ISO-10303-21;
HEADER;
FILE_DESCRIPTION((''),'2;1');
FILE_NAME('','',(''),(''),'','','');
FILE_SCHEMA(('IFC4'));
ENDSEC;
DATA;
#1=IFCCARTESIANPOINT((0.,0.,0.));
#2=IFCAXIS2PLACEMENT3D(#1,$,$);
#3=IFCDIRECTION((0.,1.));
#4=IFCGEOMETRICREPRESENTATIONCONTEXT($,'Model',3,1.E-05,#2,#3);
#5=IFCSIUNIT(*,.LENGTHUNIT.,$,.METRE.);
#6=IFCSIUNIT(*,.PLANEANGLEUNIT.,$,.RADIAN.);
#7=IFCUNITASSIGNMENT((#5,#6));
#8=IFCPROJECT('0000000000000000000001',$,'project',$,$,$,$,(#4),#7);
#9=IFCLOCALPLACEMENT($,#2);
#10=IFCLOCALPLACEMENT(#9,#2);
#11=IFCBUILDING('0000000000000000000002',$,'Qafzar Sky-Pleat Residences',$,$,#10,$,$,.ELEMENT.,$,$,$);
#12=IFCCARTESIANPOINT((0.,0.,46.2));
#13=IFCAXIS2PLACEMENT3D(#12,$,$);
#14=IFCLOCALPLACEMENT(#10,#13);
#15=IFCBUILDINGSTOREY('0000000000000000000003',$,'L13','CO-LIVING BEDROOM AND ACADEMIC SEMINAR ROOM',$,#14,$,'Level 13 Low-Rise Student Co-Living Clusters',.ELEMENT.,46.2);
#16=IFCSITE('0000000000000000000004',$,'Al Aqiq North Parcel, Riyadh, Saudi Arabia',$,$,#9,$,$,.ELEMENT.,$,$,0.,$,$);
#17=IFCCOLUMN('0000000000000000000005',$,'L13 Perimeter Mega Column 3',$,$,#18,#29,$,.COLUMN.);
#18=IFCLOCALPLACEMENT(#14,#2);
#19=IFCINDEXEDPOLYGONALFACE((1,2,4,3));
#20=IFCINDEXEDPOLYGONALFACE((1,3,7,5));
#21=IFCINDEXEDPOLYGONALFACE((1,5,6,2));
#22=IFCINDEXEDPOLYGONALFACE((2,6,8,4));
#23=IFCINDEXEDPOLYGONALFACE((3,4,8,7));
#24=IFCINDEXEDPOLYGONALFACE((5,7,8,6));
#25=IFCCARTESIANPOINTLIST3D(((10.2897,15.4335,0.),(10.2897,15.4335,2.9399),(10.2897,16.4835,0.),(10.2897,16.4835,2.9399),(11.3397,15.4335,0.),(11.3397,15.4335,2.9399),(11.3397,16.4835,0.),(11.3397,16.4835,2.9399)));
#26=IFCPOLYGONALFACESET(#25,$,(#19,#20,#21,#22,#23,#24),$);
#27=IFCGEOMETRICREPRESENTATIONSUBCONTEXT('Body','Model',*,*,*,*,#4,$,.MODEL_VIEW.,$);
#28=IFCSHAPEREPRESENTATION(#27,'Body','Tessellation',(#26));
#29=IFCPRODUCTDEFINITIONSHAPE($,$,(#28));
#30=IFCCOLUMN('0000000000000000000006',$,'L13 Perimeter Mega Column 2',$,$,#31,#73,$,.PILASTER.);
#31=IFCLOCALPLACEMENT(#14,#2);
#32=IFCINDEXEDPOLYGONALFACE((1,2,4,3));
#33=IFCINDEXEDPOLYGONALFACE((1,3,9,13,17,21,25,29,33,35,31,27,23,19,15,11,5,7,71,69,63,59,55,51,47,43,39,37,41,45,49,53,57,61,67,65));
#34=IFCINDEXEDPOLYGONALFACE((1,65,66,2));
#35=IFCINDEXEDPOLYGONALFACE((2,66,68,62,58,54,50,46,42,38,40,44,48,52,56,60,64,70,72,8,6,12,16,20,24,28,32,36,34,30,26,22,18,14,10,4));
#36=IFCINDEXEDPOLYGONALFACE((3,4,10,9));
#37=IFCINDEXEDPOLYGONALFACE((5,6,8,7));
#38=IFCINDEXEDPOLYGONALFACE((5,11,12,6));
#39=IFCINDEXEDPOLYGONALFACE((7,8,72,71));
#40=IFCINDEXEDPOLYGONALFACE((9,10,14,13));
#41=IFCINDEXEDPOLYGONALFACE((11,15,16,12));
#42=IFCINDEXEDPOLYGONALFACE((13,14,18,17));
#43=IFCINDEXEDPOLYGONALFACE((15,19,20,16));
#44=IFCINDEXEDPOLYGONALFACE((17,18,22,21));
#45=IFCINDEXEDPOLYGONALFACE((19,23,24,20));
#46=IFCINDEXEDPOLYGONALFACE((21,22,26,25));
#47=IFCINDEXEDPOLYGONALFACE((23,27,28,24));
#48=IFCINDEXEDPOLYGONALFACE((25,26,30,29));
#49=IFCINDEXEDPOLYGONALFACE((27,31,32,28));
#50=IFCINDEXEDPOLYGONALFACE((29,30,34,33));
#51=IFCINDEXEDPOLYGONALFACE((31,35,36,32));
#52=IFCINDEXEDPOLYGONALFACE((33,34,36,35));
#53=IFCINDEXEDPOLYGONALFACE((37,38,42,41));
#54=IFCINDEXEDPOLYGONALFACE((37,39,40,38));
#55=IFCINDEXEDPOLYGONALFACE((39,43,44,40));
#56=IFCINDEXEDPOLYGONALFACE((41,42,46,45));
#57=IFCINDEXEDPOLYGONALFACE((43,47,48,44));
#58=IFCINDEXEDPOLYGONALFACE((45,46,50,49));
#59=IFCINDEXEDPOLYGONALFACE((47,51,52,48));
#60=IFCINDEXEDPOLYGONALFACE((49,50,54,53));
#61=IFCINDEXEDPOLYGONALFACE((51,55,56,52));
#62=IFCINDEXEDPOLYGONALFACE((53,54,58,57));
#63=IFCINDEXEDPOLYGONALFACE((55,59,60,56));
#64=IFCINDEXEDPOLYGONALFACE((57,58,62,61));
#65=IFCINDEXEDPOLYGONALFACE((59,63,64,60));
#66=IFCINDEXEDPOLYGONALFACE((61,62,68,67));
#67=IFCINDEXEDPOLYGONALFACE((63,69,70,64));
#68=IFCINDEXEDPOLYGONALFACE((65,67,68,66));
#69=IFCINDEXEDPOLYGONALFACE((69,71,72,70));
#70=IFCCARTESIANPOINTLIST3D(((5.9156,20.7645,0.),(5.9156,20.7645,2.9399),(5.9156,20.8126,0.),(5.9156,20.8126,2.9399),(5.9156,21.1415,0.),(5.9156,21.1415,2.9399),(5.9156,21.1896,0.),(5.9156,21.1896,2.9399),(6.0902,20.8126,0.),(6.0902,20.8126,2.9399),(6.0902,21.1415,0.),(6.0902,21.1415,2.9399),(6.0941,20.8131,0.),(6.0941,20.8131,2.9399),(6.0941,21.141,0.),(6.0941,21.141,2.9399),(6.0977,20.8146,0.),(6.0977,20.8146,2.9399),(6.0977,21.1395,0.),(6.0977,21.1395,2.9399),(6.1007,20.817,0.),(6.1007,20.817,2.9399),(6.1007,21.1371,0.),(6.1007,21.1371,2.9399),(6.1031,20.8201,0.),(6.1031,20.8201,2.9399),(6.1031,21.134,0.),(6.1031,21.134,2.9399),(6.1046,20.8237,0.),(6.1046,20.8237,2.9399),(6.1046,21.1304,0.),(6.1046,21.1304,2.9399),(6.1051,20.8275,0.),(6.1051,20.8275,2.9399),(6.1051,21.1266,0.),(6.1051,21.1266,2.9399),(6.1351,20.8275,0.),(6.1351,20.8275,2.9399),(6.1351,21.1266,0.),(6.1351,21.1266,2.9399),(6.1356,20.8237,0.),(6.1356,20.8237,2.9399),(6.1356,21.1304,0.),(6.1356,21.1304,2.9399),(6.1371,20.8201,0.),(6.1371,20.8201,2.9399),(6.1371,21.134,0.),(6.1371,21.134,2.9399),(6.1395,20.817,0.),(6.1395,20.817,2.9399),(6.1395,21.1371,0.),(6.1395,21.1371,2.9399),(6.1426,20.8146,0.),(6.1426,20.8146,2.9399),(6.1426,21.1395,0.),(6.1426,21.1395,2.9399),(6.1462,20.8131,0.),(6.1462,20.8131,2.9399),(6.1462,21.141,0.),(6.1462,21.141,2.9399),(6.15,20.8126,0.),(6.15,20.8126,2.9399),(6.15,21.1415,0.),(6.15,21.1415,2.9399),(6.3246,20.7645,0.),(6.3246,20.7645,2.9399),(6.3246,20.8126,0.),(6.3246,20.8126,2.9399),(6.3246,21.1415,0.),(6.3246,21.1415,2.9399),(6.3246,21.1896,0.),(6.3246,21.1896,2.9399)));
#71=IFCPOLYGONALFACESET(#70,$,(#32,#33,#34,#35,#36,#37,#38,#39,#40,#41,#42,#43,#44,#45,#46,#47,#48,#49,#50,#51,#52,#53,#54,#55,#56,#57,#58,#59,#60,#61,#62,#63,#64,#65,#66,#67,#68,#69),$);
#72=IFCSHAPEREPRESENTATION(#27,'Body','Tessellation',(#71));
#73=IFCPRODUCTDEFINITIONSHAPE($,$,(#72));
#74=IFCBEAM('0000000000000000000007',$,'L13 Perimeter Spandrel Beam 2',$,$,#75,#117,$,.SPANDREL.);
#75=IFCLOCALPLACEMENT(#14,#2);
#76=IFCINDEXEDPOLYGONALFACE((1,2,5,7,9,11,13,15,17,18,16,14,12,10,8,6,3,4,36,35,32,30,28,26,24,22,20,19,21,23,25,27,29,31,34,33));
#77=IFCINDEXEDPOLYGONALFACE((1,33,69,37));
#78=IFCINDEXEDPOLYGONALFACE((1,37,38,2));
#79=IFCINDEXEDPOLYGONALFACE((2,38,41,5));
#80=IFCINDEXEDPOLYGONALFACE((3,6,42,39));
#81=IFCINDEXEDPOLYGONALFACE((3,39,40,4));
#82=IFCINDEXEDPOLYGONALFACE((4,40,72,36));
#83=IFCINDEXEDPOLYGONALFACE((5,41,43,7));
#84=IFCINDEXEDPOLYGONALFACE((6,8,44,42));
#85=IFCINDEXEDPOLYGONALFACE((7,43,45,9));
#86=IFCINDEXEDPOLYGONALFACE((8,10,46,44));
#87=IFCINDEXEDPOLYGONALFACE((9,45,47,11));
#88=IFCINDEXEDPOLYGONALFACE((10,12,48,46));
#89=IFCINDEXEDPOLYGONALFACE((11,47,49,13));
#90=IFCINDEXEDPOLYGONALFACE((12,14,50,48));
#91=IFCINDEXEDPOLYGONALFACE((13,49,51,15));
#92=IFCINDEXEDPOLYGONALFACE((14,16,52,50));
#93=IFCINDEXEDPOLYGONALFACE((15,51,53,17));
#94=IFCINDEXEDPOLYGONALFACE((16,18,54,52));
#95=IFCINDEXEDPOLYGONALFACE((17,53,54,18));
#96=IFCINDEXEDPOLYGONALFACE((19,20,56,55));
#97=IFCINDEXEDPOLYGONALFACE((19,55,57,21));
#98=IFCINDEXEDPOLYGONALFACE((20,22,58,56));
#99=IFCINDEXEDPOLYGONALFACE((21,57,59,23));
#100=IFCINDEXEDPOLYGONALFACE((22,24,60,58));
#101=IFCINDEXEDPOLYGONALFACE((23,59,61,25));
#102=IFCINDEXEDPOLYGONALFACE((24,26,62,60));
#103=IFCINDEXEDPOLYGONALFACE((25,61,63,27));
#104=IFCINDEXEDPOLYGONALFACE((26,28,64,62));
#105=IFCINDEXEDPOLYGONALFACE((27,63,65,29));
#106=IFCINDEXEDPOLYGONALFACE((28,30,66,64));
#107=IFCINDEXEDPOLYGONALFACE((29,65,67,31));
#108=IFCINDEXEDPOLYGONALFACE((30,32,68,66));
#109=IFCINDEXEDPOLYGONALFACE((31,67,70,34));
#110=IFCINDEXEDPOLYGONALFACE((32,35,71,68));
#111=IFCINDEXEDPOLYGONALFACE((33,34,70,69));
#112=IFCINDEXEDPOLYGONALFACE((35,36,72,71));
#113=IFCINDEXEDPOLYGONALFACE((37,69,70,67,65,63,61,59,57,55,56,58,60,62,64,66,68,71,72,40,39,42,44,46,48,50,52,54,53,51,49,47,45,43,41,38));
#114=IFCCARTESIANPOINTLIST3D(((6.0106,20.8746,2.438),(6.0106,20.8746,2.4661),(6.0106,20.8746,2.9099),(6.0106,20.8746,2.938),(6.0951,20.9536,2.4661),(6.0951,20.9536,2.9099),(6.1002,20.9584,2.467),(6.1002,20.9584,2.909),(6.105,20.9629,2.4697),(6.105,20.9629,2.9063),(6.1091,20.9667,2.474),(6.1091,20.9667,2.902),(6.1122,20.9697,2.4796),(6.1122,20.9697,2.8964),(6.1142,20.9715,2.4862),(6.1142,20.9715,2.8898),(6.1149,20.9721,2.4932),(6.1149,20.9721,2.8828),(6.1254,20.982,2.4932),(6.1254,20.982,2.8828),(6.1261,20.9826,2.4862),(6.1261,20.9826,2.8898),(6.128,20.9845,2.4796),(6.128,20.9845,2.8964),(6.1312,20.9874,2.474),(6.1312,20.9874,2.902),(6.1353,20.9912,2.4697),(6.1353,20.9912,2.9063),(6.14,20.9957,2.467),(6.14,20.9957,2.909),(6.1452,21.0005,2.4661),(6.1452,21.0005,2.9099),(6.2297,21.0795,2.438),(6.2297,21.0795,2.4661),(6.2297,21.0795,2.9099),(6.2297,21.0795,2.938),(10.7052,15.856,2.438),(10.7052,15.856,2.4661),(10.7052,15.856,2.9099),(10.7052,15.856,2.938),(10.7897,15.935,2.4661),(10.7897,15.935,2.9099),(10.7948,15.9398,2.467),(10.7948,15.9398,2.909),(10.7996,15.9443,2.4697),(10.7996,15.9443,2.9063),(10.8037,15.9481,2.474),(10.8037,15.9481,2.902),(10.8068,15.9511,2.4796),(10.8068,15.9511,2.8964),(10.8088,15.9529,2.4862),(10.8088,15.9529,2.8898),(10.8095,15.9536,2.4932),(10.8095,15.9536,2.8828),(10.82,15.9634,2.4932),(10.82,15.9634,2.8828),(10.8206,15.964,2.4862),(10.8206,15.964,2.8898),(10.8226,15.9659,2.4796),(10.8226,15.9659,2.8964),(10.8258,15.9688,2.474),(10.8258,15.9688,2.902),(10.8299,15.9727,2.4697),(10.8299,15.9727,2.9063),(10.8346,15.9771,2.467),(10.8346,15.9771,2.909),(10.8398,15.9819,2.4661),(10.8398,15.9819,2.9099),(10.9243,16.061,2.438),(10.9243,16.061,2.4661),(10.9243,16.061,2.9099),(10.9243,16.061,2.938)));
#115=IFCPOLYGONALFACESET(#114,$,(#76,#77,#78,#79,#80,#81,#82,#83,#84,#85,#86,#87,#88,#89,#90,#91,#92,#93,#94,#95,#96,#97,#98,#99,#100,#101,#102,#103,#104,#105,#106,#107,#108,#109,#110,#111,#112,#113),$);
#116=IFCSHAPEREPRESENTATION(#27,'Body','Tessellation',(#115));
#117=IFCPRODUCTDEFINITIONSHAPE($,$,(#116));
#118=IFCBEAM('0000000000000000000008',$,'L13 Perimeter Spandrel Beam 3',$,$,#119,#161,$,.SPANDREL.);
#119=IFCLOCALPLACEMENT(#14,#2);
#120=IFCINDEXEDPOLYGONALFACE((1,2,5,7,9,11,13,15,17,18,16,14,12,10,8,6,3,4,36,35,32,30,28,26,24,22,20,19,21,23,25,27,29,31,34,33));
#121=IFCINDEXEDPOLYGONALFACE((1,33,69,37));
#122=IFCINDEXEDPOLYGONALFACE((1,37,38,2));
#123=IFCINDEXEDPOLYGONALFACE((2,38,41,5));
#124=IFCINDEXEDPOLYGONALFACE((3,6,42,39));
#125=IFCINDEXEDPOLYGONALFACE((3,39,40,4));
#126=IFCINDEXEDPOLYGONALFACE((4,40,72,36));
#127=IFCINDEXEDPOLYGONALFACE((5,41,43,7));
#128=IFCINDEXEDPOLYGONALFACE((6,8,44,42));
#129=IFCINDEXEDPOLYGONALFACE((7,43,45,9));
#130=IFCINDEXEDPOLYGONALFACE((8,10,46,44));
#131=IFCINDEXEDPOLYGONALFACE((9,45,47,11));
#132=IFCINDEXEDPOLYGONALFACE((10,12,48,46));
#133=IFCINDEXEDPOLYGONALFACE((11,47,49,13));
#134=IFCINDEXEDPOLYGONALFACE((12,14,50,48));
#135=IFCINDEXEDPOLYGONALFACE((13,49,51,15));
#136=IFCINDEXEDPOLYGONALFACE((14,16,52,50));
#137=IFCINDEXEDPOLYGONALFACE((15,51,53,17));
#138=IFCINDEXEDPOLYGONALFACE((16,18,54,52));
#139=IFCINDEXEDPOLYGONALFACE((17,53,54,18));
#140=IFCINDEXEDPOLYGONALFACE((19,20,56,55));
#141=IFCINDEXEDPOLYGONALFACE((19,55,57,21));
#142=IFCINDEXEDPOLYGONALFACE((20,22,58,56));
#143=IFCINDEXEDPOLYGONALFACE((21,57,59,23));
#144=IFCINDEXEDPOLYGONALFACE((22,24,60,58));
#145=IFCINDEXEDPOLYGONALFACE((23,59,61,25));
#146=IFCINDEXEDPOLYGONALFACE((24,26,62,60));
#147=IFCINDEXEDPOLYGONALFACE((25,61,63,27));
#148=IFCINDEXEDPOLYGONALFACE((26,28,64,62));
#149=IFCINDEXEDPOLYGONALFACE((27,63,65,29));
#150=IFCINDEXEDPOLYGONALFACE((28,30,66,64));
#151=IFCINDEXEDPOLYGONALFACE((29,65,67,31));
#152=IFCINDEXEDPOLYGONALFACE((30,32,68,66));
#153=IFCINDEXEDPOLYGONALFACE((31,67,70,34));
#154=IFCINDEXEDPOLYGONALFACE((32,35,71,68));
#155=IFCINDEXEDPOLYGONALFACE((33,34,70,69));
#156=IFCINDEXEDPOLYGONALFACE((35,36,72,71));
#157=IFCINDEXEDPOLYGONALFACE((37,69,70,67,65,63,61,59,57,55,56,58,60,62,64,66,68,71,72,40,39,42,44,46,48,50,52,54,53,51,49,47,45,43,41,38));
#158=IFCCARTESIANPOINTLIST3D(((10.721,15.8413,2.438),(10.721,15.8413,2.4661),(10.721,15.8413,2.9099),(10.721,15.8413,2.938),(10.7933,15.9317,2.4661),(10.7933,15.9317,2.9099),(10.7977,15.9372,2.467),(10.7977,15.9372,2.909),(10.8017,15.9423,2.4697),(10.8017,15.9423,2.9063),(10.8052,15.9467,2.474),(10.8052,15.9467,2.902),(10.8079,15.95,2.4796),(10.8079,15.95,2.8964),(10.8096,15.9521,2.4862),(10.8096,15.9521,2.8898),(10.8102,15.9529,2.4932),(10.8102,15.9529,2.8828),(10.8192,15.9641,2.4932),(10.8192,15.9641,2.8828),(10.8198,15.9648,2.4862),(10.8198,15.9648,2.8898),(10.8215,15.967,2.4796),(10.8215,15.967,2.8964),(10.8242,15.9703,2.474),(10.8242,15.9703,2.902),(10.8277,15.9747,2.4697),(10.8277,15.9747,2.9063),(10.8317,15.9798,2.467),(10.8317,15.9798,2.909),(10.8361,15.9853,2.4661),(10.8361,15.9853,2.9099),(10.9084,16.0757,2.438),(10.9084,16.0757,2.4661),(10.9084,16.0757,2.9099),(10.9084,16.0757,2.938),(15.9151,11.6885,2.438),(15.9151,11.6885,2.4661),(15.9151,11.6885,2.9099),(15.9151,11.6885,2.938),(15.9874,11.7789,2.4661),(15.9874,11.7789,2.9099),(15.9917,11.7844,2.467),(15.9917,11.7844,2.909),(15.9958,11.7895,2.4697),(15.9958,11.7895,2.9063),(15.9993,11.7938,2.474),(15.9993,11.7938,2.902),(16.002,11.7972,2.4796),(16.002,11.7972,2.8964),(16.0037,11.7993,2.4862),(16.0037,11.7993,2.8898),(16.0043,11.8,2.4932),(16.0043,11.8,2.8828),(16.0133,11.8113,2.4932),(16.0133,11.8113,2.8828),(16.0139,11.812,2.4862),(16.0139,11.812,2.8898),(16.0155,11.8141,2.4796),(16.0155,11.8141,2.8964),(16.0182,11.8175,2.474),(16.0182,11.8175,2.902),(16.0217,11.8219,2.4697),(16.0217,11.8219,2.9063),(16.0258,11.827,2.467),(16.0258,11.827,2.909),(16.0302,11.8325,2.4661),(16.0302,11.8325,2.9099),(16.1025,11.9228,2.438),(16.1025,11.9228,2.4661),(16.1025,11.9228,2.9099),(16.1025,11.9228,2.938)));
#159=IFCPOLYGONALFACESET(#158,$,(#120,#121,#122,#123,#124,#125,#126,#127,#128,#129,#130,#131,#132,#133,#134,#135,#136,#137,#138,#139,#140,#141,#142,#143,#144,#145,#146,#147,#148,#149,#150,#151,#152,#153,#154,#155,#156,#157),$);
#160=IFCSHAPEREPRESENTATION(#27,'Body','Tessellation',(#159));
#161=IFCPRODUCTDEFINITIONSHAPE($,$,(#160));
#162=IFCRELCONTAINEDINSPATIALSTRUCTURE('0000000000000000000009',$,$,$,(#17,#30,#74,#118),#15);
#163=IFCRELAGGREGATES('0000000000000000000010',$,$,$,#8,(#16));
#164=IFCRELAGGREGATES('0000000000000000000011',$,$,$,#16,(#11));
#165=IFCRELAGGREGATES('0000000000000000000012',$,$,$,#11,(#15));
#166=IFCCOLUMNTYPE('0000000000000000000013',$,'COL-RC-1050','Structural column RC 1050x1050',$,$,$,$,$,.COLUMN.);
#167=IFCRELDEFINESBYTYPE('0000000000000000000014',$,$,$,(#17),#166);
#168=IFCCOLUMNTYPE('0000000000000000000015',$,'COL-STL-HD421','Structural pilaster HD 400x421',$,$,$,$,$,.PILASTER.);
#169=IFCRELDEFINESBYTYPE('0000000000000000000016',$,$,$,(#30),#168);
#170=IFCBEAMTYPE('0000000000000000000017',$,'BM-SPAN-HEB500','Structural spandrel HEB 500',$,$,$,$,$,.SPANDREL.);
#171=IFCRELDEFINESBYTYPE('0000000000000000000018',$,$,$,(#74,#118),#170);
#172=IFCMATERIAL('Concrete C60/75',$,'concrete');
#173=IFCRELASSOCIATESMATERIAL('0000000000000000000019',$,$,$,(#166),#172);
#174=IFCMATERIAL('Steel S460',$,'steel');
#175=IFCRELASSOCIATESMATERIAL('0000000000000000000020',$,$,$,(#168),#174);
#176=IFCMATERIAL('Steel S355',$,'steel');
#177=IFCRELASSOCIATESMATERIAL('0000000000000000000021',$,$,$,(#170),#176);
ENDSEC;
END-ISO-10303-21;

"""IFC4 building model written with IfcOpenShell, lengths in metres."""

from ifc_helpers import new_model, si_unit, direction, frame, origin, origin_2d, place, context, subcontext, project, spatial, rectangle, i_section, extrude, source, transform, mapped, material, material_profile, profile_set, type_object, element, save


model = new_model("IFC4")

# Units and contexts
model_context = context("Model", 3, precision=1e-05, world=origin(), true_north=direction((0.0, 1.0)))
body_context = subcontext(model_context, "Body", "Model", "MODEL_VIEW")
ifc_project = project(units=[si_unit("LENGTHUNIT", "METRE"), si_unit("PLANEANGLEUNIT", "RADIAN")], contexts=[model_context])

# Site, building, storey
site_placement = place(None, origin())
site = spatial("IfcSite", under=ifc_project, at=site_placement, Name="Al Aqiq North Parcel, Riyadh, Saudi Arabia", CompositionType="ELEMENT", RefElevation=0.0)
building_placement = place(site_placement, origin())
building = spatial("IfcBuilding", under=site, at=building_placement, Name="Qafzar Sky-Pleat Residences", CompositionType="ELEMENT")
storey_placement = place(building_placement, frame((0.0, 0.0, 46.2)))
storey = spatial("IfcBuildingStorey", under=building, at=storey_placement, Name="L13", Description="CO-LIVING BEDROOM AND ACADEMIC SEMINAR ROOM", LongName="Level 13 Low-Rise Student Co-Living Clusters", CompositionType="ELEMENT", Elevation=46.2)

# Columns
ifc_material_1 = material(Name="Concrete C60/75", Category="concrete")
ifc_material_profile_1 = material_profile(ifc_material_1, rectangle(XDim=1.05, YDim=1.05, at=origin_2d()), Name="RC 1050x1050")
ifc_profile_set_1 = profile_set([ifc_material_profile_1], Name="Concrete C60/75")
column_type_1 = type_object("IfcColumnType", Name="COL-RC-1050", Description="Structural column RC 1050x1050", PredefinedType="COLUMN", material=ifc_profile_set_1)
shared_shape_1 = source(origin(), body_context, "Body", "SweptSolid", [
    extrude(rectangle(XDim=1.05, YDim=1.05, at=origin_2d()), origin(), (0.0, 0.0, 1.0), 2.9399),
])
column_1_placement = place(storey_placement, frame((10.8147, 15.9585, 0.0), z_axis=(0.0, 0.0, 1.0), x_axis=(1.0, 0.0, 0.0)))
element("IfcColumn", 1, at=column_1_placement, inside=storey, type_object=column_type_1, Name="L13 Perimeter Mega Column 3", PredefinedType="COLUMN", context=body_context, shape_type="MappedRepresentation", body=[
    mapped(shared_shape_1, transform((0.0, 0.0, 0.0), x_axis=(1.0, 0.0, 0.0), y_axis=(0.0, 1.0, 0.0), z_axis=(0.0, 0.0, 1.0), scale=1.0)),
])
ifc_material_2 = material(Name="Steel S460", Category="steel")
ifc_material_profile_2 = material_profile(ifc_material_2, i_section(OverallWidth=0.4089, OverallDepth=0.425, WebThickness=0.03, FlangeThickness=0.0481, FilletRadius=0.0149, at=origin_2d()), Name="HD 400x421")
ifc_profile_set_2 = profile_set([ifc_material_profile_2], Name="Steel S460")
column_type_2 = type_object("IfcColumnType", Name="COL-STL-HD421", Description="Structural pilaster HD 400x421", PredefinedType="PILASTER", material=ifc_profile_set_2)
shared_shape_2 = source(origin(), body_context, "Body", "SweptSolid", [
    extrude(i_section(OverallWidth=0.4089, OverallDepth=0.425, WebThickness=0.03, FlangeThickness=0.0481, FilletRadius=0.0149, at=origin_2d()), origin(), (0.0, 0.0, 1.0), 2.9399),
])
column_2_placement = place(storey_placement, frame((6.1201, 20.9771, 0.0), z_axis=(0.0, 0.0, 1.0), x_axis=(1.0, 0.0, 0.0)))
element("IfcColumn", 2, at=column_2_placement, inside=storey, type_object=column_type_2, Name="L13 Perimeter Mega Column 2", PredefinedType="PILASTER", context=body_context, shape_type="MappedRepresentation", body=[
    mapped(shared_shape_2, transform((0.0, 0.0, 0.0), x_axis=(1.0, 0.0, 0.0), y_axis=(0.0, 1.0, 0.0), z_axis=(0.0, 0.0, 1.0), scale=1.0)),
])

# Beams
ifc_material_3 = material(Name="Steel S355", Category="steel")
ifc_material_profile_3 = material_profile(ifc_material_3, i_section(OverallWidth=0.3, OverallDepth=0.5, WebThickness=0.0144, FlangeThickness=0.0281, FilletRadius=0.0271, at=origin_2d()), Name="HEB 500")
ifc_profile_set_3 = profile_set([ifc_material_profile_3], Name="Steel S355")
beam_type_1 = type_object("IfcBeamType", Name="BM-SPAN-HEB500", Description="Structural spandrel HEB 500", PredefinedType="SPANDREL", material=ifc_profile_set_3)
shared_shape_3 = source(origin(), body_context, "Body", "SweptSolid", [
    extrude(i_section(OverallWidth=0.3, OverallDepth=0.5, WebThickness=0.0144, FlangeThickness=0.0281, FilletRadius=0.0271, at=origin_2d()), origin(), (0.0, 0.0, 1.0), 6.8721),
])
beam_1_placement = place(storey_placement, frame((6.1201, 20.9771, 2.688), z_axis=(0.683142, -0.730286, 0.0), x_axis=(0.730286, 0.683142, 0.0)))
element("IfcBeam", 3, at=beam_1_placement, inside=storey, type_object=beam_type_1, Name="L13 Perimeter Spandrel Beam 2", PredefinedType="SPANDREL", context=body_context, shape_type="MappedRepresentation", body=[
    mapped(shared_shape_3, transform((0.0, 0.0, 0.0), x_axis=(1.0, 0.0, 0.0), y_axis=(0.0, 1.0, 0.0), z_axis=(0.0, 0.0, 1.0), scale=1.0)),
])
shared_shape_4 = source(origin(), body_context, "Body", "SweptSolid", [
    extrude(i_section(OverallWidth=0.3, OverallDepth=0.5, WebThickness=0.0144, FlangeThickness=0.0281, FilletRadius=0.0271, at=origin_2d()), origin(), (0.0, 0.0, 1.0), 6.6501),
])
beam_2_placement = place(storey_placement, frame((10.8147, 15.9585, 2.688), z_axis=(0.781048, -0.624471, 0.0), x_axis=(0.624471, 0.781048, 0.0)))
element("IfcBeam", 4, at=beam_2_placement, inside=storey, type_object=beam_type_1, Name="L13 Perimeter Spandrel Beam 3", PredefinedType="SPANDREL", context=body_context, shape_type="MappedRepresentation", body=[
    mapped(shared_shape_4, transform((0.0, 0.0, 0.0), x_axis=(1.0, 0.0, 0.0), y_axis=(0.0, 1.0, 0.0), z_axis=(0.0, 0.0, 1.0), scale=1.0)),
])

save(model, "model.ifc")
